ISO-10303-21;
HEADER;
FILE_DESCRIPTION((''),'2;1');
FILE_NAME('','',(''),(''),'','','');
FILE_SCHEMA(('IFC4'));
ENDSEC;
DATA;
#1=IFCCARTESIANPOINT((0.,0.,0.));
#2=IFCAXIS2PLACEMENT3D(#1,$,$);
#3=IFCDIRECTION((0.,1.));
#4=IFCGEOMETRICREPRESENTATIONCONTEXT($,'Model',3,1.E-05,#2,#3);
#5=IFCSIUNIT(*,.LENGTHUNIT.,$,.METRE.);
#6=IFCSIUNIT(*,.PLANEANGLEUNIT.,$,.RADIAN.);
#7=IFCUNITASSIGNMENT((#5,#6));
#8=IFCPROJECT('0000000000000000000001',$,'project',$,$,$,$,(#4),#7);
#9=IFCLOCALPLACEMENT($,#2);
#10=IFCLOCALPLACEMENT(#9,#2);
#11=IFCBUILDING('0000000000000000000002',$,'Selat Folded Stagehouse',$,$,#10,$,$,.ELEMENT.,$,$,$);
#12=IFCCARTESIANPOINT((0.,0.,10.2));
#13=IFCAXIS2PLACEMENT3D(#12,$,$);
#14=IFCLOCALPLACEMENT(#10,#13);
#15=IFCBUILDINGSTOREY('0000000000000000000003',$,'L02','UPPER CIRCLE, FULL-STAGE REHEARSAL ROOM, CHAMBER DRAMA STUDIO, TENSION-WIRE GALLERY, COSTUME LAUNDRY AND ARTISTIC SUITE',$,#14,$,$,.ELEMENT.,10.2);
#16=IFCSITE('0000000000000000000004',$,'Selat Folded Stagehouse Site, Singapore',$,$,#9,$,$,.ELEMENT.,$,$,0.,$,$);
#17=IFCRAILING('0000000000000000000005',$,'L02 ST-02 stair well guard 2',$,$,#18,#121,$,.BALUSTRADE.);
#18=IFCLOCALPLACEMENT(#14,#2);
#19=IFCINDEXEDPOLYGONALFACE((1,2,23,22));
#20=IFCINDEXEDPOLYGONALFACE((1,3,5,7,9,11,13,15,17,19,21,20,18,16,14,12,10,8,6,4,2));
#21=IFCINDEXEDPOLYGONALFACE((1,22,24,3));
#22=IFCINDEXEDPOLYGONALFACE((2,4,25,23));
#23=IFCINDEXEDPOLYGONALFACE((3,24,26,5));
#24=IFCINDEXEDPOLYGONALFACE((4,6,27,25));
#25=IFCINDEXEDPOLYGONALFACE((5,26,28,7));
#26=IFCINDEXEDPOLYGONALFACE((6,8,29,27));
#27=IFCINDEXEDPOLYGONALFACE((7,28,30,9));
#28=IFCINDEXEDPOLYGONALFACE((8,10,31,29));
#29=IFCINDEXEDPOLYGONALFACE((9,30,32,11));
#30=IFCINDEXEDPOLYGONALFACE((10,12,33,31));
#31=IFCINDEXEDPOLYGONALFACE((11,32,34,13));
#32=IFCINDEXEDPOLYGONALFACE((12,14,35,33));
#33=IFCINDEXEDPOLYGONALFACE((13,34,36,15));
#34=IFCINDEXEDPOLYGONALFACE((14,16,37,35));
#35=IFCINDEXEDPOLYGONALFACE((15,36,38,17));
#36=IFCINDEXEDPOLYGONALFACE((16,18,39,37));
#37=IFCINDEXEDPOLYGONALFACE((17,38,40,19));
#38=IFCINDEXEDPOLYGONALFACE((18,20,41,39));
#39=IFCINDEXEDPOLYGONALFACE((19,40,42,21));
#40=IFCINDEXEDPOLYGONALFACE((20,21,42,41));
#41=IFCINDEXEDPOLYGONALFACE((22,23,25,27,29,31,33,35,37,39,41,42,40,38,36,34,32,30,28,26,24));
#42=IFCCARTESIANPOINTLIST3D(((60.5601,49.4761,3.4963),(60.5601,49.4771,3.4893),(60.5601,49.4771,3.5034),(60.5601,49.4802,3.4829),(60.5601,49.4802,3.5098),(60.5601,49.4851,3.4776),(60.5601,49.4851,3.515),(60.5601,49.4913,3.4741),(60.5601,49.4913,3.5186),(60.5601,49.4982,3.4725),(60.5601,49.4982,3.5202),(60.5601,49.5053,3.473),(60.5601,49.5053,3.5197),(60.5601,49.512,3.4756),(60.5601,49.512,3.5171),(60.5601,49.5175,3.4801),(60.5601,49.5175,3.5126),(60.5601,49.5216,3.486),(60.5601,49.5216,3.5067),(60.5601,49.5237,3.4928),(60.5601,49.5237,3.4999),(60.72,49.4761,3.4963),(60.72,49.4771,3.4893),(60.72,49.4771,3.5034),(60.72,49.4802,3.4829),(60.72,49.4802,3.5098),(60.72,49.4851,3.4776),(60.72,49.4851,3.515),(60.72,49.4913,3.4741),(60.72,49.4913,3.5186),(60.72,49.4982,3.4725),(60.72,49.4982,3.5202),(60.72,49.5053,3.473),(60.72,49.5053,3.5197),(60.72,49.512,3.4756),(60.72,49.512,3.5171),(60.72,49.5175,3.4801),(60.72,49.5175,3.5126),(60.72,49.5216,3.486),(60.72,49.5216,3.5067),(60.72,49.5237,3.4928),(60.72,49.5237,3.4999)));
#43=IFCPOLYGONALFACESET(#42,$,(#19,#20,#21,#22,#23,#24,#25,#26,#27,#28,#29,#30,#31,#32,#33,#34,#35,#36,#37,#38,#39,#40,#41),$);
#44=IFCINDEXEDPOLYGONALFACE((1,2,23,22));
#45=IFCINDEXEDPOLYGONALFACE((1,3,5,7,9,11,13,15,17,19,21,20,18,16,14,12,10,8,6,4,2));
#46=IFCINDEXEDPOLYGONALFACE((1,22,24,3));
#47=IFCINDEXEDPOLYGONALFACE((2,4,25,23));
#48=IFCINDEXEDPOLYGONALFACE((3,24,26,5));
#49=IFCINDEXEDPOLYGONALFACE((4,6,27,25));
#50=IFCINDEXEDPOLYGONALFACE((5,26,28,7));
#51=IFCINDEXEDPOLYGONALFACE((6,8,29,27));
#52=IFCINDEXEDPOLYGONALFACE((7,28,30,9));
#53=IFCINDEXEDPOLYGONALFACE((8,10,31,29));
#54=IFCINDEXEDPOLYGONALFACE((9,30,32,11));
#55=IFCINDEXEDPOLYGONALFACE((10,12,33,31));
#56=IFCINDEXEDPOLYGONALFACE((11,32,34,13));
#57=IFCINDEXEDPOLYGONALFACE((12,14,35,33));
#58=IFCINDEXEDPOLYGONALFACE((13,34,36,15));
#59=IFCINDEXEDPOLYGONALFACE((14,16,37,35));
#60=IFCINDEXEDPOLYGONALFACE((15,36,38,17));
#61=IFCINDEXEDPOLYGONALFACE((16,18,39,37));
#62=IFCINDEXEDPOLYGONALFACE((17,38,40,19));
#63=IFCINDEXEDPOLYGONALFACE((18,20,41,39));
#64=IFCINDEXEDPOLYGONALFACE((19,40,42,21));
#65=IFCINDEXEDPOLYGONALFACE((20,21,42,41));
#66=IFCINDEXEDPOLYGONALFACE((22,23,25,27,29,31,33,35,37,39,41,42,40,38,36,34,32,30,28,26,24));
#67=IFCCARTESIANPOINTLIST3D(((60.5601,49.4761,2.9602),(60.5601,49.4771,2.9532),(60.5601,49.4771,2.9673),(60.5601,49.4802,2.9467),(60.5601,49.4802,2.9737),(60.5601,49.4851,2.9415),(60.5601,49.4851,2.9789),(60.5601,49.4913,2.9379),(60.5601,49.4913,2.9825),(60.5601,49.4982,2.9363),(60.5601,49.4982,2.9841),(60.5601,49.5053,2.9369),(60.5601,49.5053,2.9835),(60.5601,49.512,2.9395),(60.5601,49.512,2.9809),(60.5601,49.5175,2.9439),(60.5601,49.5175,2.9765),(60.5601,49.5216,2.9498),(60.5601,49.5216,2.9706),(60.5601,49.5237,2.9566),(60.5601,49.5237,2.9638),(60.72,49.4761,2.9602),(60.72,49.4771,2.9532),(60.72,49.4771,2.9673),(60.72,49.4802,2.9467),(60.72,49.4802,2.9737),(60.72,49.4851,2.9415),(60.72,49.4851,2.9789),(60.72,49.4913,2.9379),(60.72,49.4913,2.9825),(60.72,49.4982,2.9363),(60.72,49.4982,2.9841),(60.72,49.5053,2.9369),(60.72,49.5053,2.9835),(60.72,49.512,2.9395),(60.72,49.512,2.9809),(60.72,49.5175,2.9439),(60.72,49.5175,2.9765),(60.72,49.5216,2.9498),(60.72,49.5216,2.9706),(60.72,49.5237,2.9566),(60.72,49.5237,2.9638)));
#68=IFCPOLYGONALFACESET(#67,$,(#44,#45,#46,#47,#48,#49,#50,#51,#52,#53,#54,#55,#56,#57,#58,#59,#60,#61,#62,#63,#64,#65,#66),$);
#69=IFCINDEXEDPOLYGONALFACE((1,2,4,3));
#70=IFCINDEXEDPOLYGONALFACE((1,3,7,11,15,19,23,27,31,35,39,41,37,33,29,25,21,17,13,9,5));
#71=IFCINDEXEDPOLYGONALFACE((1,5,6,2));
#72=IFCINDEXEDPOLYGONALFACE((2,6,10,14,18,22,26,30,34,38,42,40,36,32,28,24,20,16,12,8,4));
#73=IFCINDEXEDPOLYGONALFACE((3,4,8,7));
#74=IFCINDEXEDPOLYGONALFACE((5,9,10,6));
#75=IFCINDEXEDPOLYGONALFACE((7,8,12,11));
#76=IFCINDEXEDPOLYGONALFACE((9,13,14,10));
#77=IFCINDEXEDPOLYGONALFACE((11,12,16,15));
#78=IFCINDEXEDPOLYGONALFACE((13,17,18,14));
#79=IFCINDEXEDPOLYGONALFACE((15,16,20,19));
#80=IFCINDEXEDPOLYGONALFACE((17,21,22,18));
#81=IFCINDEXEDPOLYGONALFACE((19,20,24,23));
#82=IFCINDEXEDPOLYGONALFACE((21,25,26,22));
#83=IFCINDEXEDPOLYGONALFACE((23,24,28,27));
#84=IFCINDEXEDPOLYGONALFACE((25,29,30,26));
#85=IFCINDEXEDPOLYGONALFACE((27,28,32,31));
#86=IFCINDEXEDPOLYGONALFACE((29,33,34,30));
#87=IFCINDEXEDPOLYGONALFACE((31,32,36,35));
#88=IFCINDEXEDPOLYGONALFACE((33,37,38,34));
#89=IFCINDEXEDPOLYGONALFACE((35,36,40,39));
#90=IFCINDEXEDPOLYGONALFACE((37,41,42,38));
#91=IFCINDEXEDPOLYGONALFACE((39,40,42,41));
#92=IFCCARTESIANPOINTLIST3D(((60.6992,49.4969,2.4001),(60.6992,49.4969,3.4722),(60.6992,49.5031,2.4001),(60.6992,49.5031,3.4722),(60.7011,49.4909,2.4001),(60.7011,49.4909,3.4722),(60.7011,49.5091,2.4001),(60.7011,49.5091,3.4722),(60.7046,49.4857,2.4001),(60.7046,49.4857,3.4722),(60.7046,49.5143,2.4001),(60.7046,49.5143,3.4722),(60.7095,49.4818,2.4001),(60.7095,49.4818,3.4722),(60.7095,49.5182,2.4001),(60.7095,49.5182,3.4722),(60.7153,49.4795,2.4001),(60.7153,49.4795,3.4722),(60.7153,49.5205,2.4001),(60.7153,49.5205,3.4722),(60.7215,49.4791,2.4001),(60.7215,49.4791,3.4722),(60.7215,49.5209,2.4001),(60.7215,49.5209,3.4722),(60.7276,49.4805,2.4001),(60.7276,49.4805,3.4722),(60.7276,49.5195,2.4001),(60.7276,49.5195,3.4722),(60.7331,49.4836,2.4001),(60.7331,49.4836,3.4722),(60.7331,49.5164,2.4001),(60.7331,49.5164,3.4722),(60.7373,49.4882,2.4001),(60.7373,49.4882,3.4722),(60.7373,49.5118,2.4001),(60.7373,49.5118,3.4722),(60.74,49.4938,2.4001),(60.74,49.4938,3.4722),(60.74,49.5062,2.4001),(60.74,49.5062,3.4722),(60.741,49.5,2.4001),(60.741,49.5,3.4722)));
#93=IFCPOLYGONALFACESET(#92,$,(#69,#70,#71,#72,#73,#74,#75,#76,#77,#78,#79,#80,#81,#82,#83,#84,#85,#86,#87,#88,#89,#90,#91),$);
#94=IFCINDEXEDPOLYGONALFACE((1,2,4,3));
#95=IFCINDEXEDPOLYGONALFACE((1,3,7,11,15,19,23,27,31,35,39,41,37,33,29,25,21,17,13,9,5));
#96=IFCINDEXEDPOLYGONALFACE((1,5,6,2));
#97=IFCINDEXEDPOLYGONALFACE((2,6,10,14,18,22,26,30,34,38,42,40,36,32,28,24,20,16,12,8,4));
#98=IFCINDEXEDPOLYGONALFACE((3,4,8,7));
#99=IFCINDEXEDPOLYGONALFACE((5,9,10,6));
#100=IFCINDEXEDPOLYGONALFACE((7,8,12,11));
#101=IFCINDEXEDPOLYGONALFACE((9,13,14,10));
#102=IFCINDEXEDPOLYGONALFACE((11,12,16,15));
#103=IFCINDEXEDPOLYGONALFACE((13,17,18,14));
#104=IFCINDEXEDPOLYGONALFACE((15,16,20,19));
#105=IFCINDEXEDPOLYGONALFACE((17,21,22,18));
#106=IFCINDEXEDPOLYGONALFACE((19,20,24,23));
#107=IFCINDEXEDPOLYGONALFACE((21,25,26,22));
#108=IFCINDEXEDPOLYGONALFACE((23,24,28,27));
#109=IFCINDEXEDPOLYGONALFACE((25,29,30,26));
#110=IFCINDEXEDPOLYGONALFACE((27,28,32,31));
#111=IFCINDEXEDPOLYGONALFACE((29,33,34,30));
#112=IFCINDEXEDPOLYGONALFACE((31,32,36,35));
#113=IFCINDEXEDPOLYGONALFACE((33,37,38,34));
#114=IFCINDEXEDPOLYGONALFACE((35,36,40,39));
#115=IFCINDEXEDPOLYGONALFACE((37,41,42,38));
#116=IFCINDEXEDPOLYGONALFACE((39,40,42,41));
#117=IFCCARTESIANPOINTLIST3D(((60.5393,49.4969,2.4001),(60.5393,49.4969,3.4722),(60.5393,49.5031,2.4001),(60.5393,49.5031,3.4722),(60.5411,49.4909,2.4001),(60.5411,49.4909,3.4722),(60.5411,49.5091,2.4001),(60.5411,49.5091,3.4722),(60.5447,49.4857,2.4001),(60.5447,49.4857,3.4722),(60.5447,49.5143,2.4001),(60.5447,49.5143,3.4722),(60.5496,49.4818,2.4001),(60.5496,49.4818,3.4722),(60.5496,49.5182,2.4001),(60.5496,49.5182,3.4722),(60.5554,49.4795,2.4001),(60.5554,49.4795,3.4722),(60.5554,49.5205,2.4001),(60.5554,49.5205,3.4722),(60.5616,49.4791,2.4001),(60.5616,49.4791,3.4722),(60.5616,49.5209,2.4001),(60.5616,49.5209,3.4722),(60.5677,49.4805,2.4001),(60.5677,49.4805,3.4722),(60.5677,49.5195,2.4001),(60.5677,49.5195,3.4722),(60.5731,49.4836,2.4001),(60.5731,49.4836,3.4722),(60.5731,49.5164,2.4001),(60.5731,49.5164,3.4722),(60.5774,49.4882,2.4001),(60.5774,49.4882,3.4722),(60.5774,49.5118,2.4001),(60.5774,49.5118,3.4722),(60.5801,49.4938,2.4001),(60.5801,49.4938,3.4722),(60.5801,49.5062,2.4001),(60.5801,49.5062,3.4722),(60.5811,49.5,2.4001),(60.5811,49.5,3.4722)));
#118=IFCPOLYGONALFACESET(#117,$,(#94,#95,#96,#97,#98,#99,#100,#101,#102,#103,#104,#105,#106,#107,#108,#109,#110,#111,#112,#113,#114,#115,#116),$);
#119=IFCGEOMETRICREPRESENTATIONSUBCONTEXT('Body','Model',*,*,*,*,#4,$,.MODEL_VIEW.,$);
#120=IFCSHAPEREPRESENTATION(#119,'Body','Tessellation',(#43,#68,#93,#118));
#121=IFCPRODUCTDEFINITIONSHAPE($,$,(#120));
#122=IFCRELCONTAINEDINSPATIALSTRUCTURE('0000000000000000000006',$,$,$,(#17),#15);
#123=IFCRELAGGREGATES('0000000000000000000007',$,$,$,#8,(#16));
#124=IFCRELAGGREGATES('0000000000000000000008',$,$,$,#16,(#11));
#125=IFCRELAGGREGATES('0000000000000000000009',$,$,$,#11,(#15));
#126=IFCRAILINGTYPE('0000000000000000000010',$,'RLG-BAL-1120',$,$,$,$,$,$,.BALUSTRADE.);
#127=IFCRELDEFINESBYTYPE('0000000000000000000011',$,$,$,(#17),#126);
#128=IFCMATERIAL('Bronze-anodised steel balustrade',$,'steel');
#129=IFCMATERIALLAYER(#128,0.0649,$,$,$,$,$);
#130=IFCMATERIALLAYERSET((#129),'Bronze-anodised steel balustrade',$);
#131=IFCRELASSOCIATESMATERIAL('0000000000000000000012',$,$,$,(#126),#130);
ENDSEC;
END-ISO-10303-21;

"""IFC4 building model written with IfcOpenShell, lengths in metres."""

from ifc_helpers import new_model, si_unit, direction, frame, origin, origin_2d, place, context, subcontext, project, spatial, circle, extrude, material, layer, layer_set, type_object, element, save


model = new_model("IFC4")

# Units and contexts
model_context = context("Model", 3, precision=1e-05, world=origin(), true_north=direction((0.0, 1.0)))
body_context = subcontext(model_context, "Body", "Model", "MODEL_VIEW")
ifc_project = project(units=[si_unit("LENGTHUNIT", "METRE"), si_unit("PLANEANGLEUNIT", "RADIAN")], contexts=[model_context])

# Site, building, storey
site_placement = place(None, origin())
site = spatial("IfcSite", under=ifc_project, at=site_placement, Name="Selat Folded Stagehouse Site, Singapore", CompositionType="ELEMENT", RefElevation=0.0)
building_placement = place(site_placement, origin())
building = spatial("IfcBuilding", under=site, at=building_placement, Name="Selat Folded Stagehouse", CompositionType="ELEMENT")
storey_placement = place(building_placement, frame((0.0, 0.0, 10.2)))
storey = spatial("IfcBuildingStorey", under=building, at=storey_placement, Name="L02", Description="UPPER CIRCLE, FULL-STAGE REHEARSAL ROOM, CHAMBER DRAMA STUDIO, TENSION-WIRE GALLERY, COSTUME LAUNDRY AND ARTISTIC SUITE", CompositionType="ELEMENT", Elevation=10.2)

# Railing
ifc_material_1 = material(Name="Bronze-anodised steel balustrade", Category="steel")
ifc_layer_1 = layer(ifc_material_1, 0.0649)
ifc_layer_set_1 = layer_set([ifc_layer_1], Name="Bronze-anodised steel balustrade")
railing_type = type_object("IfcRailingType", Name="RLG-BAL-1120", PredefinedType="BALUSTRADE", material=ifc_layer_set_1)
railing_1_placement = place(storey_placement, frame((60.72, 49.5, 2.4001)))
element("IfcRailing", 1, at=railing_1_placement, inside=storey, type_object=railing_type, Name="L02 ST-02 stair well guard 2", PredefinedType="BALUSTRADE", context=body_context, shape_type="SweptSolid", body=[
    extrude(circle(Radius=0.0239, at=origin_2d()), frame((0.0, 0.0, 1.0962), z_axis=(-1.0, 0.0, 0.0), x_axis=(0.0, -1.0, 0.0)), (0.0, 0.0, 1.0), 0.1599),
    extrude(circle(Radius=0.0239, at=origin_2d()), frame((0.0, 0.0, 0.5601), z_axis=(-1.0, 0.0, 0.0), x_axis=(0.0, -1.0, 0.0)), (0.0, 0.0, 1.0), 0.1599),
    extrude(circle(Radius=0.021, at=origin_2d()), origin(), (0.0, 0.0, 1.0), 1.072),
    extrude(circle(Radius=0.021, at=origin_2d()), frame((-0.1599, 0.0, 0.0)), (0.0, 0.0, 1.0), 1.072),
])

save(model, "model.ifc")
